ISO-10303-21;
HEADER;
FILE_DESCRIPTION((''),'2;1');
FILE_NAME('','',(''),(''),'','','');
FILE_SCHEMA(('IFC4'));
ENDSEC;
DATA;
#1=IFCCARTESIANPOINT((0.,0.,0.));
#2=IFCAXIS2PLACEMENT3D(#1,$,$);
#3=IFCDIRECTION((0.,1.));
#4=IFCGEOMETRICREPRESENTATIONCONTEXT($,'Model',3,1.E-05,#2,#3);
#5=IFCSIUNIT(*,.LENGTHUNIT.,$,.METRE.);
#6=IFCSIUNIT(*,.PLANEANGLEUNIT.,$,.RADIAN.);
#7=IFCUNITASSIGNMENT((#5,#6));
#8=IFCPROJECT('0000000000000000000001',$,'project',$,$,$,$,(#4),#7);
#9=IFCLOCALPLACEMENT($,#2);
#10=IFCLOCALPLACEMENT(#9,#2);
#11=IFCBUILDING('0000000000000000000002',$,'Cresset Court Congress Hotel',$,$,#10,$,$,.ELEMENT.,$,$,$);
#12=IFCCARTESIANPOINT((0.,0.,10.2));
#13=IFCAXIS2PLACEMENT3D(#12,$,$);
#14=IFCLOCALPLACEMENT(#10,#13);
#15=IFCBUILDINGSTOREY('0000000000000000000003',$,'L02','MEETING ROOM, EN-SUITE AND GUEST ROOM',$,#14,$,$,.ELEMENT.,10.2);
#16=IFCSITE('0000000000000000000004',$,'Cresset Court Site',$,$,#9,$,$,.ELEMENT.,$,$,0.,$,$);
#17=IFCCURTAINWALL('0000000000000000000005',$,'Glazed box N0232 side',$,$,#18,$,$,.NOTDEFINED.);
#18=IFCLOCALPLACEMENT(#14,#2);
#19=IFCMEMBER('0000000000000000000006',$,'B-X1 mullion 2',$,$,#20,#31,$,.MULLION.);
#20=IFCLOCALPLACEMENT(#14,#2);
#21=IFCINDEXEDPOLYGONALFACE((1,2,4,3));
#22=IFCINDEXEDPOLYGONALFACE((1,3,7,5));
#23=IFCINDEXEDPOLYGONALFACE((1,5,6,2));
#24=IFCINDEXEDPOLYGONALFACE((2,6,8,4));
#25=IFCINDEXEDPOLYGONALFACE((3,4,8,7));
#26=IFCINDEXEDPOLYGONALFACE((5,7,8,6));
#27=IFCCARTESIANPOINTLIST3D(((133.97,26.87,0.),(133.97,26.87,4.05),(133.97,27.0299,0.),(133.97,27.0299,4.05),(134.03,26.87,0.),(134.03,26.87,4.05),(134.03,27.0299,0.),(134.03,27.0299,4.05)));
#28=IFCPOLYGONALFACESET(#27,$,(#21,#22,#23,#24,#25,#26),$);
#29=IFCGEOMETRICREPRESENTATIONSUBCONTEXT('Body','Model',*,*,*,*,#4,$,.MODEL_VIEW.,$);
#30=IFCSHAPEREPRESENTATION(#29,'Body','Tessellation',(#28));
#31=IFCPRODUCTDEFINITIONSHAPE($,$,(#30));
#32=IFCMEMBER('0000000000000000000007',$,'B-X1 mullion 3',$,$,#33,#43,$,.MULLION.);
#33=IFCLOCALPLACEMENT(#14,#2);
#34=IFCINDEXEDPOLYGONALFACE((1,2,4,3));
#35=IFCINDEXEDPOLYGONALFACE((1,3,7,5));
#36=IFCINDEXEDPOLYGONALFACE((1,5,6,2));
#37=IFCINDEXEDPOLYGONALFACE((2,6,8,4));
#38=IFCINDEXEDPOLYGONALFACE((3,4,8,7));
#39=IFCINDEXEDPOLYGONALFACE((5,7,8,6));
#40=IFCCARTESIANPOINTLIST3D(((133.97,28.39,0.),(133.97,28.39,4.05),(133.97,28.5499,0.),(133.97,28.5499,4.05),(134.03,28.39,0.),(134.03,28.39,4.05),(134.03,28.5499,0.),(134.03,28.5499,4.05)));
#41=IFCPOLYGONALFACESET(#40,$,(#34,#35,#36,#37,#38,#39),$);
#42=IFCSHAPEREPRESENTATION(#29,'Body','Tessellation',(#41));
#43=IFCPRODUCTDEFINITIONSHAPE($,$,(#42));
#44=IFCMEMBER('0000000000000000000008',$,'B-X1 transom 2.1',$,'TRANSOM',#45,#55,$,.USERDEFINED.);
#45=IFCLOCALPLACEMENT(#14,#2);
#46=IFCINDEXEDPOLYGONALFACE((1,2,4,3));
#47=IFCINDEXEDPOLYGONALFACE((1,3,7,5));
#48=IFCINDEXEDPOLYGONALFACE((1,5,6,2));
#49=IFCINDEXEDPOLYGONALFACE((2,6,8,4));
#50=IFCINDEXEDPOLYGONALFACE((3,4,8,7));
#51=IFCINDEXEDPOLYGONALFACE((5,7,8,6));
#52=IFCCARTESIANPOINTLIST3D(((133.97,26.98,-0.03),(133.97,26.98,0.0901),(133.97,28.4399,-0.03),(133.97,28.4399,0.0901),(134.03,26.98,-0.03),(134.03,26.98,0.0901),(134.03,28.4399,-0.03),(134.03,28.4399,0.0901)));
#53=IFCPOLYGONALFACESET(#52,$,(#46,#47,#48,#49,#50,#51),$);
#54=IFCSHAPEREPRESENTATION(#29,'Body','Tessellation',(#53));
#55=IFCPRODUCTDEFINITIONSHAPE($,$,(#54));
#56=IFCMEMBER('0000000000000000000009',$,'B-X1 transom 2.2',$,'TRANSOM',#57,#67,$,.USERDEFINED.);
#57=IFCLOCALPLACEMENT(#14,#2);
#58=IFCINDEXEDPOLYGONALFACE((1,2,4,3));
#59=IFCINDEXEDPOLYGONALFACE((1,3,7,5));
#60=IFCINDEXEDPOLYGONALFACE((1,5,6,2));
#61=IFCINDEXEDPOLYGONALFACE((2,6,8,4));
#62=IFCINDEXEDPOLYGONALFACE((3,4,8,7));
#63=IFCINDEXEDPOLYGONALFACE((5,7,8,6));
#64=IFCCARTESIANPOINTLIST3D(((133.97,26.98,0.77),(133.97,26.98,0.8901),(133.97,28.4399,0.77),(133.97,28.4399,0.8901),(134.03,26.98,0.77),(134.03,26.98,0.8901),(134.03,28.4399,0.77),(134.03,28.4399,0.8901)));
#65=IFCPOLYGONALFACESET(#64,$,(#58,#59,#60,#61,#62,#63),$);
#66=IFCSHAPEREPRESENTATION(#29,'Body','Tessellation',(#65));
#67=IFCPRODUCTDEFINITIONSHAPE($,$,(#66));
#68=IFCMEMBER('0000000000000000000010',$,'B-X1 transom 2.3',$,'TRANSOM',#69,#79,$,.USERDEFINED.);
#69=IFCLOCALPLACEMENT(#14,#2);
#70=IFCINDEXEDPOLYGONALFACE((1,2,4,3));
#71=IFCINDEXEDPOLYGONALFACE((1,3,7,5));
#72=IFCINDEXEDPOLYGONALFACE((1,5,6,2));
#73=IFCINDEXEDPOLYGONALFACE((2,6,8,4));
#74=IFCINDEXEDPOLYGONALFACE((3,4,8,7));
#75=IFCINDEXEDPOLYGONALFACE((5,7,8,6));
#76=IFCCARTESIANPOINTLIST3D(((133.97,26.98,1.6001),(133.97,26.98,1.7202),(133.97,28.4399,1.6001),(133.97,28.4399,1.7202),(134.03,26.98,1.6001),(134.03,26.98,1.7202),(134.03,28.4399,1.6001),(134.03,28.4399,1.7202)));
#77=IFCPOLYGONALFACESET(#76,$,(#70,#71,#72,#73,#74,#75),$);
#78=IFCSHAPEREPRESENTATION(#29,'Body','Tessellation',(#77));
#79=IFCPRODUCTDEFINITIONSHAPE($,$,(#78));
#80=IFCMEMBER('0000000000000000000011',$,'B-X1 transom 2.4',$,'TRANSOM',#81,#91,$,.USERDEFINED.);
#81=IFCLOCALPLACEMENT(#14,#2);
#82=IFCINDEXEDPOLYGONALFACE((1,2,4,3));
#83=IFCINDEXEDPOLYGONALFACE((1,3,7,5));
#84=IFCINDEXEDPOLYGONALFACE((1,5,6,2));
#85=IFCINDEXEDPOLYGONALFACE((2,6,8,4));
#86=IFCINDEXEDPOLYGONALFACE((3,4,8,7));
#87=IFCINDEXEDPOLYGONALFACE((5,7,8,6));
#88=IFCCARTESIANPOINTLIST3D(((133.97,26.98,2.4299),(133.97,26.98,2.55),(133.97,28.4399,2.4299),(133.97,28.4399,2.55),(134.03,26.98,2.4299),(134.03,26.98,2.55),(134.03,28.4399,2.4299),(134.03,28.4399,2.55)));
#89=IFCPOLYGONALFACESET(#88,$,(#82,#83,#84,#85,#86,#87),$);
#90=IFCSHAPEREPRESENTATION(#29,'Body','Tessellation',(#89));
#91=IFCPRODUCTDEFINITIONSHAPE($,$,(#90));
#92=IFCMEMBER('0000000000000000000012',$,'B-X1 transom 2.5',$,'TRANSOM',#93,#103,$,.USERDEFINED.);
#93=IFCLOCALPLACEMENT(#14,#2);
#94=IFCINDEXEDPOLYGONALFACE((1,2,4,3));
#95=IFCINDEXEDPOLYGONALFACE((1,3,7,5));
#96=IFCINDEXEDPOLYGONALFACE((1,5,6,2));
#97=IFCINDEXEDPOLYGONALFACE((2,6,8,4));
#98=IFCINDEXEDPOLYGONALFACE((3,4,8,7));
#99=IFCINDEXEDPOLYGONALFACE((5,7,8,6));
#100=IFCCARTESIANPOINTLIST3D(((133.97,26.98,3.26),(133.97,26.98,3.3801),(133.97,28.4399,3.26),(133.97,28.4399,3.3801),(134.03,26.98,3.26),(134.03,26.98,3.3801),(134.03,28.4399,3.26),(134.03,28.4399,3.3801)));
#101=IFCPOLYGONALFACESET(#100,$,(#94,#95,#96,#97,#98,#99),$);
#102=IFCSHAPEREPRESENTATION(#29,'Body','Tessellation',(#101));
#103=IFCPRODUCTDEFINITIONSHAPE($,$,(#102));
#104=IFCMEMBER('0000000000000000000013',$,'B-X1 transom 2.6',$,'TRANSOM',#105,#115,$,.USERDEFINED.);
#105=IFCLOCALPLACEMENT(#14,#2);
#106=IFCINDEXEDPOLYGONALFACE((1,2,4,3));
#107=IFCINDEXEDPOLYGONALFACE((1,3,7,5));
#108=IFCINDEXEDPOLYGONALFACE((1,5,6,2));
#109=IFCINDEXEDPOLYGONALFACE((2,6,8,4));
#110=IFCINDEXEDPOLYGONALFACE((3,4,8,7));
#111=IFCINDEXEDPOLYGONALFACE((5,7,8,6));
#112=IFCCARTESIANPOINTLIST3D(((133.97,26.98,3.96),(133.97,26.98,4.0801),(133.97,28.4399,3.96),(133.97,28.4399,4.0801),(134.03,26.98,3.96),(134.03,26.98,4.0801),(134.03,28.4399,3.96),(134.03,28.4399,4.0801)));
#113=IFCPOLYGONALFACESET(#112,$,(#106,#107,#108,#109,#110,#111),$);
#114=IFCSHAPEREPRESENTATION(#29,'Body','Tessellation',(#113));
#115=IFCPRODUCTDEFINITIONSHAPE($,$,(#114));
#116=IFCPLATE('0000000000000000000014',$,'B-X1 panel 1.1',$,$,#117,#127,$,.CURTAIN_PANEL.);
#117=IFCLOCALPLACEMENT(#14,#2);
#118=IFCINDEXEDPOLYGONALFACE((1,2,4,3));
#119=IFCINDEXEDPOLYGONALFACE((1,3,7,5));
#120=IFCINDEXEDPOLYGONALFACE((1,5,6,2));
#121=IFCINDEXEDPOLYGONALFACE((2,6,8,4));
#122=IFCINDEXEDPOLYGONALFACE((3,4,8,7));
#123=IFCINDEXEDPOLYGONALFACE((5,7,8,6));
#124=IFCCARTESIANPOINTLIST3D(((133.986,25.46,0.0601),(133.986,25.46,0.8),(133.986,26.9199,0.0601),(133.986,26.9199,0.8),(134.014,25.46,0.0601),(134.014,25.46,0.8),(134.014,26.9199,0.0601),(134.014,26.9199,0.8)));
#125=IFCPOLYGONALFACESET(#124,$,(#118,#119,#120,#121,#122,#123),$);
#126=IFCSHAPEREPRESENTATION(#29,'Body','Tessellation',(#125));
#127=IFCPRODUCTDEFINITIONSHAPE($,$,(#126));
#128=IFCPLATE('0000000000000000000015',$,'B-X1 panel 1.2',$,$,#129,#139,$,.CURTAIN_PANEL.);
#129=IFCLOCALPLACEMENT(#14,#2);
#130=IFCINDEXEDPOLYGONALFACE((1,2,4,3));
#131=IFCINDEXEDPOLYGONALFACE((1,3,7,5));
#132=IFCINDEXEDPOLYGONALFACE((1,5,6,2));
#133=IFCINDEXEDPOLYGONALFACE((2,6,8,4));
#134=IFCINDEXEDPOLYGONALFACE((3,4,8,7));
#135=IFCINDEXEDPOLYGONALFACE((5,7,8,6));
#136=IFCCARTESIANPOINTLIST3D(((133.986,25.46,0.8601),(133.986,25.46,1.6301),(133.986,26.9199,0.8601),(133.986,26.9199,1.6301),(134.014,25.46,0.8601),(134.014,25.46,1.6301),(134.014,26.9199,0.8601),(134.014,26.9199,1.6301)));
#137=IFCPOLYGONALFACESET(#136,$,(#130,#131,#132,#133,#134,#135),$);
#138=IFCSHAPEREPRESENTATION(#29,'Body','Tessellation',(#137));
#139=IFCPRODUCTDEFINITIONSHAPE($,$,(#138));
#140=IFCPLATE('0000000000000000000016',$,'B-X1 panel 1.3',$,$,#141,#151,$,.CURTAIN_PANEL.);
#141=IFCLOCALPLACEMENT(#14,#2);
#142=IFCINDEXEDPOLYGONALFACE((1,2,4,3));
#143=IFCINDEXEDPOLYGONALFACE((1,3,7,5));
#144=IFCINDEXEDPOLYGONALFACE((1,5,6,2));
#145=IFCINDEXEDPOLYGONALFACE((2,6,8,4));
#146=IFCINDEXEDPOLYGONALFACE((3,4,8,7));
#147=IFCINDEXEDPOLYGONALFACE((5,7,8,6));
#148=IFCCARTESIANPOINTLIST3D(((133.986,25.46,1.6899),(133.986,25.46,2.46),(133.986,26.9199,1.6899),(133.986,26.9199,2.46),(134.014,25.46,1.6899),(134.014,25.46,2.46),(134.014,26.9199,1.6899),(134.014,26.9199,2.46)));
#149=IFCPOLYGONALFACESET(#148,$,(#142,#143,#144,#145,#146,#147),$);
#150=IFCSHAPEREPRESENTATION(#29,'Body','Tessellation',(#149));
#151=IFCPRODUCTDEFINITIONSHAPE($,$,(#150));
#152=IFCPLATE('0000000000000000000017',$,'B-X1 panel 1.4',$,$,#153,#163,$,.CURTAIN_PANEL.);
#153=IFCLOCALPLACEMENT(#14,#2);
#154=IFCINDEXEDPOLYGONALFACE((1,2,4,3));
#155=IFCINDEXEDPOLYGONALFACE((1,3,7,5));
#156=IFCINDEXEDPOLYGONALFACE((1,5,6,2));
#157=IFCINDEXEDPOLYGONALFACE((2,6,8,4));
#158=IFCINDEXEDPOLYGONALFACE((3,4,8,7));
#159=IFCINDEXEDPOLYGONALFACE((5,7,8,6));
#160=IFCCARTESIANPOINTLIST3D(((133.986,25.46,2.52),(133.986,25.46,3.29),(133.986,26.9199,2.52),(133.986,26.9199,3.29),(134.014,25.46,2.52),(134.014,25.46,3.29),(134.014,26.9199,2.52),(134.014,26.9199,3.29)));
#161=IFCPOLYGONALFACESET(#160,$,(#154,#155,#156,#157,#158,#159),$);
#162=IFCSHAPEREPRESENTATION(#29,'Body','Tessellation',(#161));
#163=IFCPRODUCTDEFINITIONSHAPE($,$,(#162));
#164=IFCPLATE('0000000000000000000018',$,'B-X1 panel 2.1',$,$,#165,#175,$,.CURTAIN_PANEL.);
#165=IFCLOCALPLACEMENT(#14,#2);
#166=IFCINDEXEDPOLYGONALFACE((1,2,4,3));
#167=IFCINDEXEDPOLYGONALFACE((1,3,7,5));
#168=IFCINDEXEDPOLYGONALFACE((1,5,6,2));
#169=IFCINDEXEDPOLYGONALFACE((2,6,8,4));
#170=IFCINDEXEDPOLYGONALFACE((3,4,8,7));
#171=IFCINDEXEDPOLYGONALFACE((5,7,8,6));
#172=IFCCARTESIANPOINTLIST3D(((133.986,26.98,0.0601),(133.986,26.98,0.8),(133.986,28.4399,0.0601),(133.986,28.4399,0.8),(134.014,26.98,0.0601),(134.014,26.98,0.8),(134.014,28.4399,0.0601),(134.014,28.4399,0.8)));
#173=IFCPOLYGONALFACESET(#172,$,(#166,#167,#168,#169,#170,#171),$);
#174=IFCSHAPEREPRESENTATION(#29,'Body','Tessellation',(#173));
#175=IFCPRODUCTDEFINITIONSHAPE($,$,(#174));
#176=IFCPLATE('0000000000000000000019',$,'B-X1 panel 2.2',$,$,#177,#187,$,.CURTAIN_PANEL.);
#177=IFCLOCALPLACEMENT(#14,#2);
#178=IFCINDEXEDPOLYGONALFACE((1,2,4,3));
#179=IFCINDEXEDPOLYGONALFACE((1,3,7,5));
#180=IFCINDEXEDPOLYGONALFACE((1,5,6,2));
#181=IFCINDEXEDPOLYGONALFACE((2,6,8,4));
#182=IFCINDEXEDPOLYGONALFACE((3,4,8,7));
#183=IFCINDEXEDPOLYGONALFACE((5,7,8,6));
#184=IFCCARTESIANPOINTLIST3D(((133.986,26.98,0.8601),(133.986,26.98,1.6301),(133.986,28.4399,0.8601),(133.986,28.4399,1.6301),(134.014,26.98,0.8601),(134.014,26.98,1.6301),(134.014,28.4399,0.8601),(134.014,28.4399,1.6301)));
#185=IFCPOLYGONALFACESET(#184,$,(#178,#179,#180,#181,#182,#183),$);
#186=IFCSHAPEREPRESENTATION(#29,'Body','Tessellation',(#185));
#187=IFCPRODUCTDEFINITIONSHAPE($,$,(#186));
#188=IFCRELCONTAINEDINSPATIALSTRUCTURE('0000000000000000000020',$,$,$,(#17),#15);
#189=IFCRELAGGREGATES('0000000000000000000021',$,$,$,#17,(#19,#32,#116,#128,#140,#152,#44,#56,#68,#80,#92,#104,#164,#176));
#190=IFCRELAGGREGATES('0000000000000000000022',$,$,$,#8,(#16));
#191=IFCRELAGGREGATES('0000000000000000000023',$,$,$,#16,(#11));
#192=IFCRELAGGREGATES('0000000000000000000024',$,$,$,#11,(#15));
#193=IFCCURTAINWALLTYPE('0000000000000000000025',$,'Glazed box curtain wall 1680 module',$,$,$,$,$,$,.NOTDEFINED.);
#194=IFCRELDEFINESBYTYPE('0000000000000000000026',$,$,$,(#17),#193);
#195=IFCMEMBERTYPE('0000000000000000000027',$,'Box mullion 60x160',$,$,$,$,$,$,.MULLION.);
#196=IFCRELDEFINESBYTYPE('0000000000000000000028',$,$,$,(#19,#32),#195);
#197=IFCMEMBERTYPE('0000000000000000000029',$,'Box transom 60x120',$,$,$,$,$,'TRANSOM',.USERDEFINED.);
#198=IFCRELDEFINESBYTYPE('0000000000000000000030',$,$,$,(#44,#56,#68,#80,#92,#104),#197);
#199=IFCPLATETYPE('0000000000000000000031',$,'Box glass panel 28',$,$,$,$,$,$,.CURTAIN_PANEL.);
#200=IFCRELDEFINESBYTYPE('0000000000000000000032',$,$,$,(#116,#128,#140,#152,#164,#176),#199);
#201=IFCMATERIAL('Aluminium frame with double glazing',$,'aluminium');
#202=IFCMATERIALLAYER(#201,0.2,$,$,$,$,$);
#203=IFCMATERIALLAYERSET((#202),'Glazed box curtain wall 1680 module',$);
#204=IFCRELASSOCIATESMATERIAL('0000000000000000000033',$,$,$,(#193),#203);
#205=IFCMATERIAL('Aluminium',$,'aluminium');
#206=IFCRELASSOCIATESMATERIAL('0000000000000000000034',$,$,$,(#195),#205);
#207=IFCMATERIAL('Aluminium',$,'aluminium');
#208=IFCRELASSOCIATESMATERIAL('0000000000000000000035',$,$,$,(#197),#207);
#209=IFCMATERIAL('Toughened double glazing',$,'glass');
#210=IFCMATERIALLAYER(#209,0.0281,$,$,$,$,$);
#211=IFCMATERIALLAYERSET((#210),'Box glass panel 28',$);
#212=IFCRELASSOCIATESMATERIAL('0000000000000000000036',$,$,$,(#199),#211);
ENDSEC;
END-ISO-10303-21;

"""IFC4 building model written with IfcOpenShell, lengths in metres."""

from ifc_helpers import new_model, si_unit, direction, frame, origin, origin_2d, place, context, subcontext, project, spatial, rectangle, extrude, material, layer, layer_set, material_profile, profile_set, type_object, element, aggregate, save


model = new_model("IFC4")

# Units and contexts
model_context = context("Model", 3, precision=1e-05, world=origin(), true_north=direction((0.0, 1.0)))
body_context = subcontext(model_context, "Body", "Model", "MODEL_VIEW")
ifc_project = project(units=[si_unit("LENGTHUNIT", "METRE"), si_unit("PLANEANGLEUNIT", "RADIAN")], contexts=[model_context])

# Site, building, storey
site_placement = place(None, origin())
site = spatial("IfcSite", under=ifc_project, at=site_placement, Name="Cresset Court Site", CompositionType="ELEMENT", RefElevation=0.0)
building_placement = place(site_placement, origin())
building = spatial("IfcBuilding", under=site, at=building_placement, Name="Cresset Court Congress Hotel", CompositionType="ELEMENT")
storey_placement = place(building_placement, frame((0.0, 0.0, 10.2)))
storey = spatial("IfcBuildingStorey", under=building, at=storey_placement, Name="L02", Description="MEETING ROOM, EN-SUITE AND GUEST ROOM", CompositionType="ELEMENT", Elevation=10.2)

# Curtain wall, members, plates
ifc_material_1 = material(Name="Aluminium frame with double glazing", Category="aluminium")
ifc_layer_1 = layer(ifc_material_1, 0.2)
ifc_layer_set_1 = layer_set([ifc_layer_1], Name="Glazed box curtain wall 1680 module")
curtain_wall_type = type_object("IfcCurtainWallType", Name="Glazed box curtain wall 1680 module", PredefinedType="NOTDEFINED", material=ifc_layer_set_1)
curtain_wall_placement = place(storey_placement, origin())
curtain_wall = element("IfcCurtainWall", 1, at=curtain_wall_placement, inside=storey, type_object=curtain_wall_type, Name="Glazed box N0232 side", PredefinedType="NOTDEFINED")
ifc_material_2 = material(Name="Aluminium", Category="aluminium")
ifc_material_profile_1 = material_profile(ifc_material_2, rectangle(XDim=0.0601, YDim=0.1599, at=origin_2d()), Name="Box mullion 60x160")
ifc_profile_set_1 = profile_set([ifc_material_profile_1], Name="Aluminium")
member_type_1 = type_object("IfcMemberType", Name="Box mullion 60x160", PredefinedType="MULLION", material=ifc_profile_set_1)
member_1_placement = place(storey_placement, frame((134.0, 26.95, 0.0), z_axis=(0.0, 0.0, 1.0), x_axis=(-1.0, 0.0, 0.0)))
member_1 = element("IfcMember", 2, at=member_1_placement, type_object=member_type_1, Name="B-X1 mullion 2", PredefinedType="MULLION", context=body_context, shape_type="SweptSolid", body=[
    extrude(rectangle(XDim=0.0601, YDim=0.1599, at=origin_2d()), origin(), (0.0, 0.0, 1.0), 4.05),
])
member_2_placement = place(storey_placement, frame((134.0, 28.47, 0.0), z_axis=(0.0, 0.0, 1.0), x_axis=(-1.0, 0.0, 0.0)))
member_2 = element("IfcMember", 3, at=member_2_placement, type_object=member_type_1, Name="B-X1 mullion 3", PredefinedType="MULLION", context=body_context, shape_type="SweptSolid", body=[
    extrude(rectangle(XDim=0.0601, YDim=0.1599, at=origin_2d()), origin(), (0.0, 0.0, 1.0), 4.05),
])
ifc_material_3 = material(Name="Aluminium", Category="aluminium")
ifc_material_profile_2 = material_profile(ifc_material_3, rectangle(XDim=0.0601, YDim=0.1201, at=origin_2d()), Name="Box transom 60x120")
ifc_profile_set_2 = profile_set([ifc_material_profile_2], Name="Aluminium")
member_type_2 = type_object("IfcMemberType", Name="Box transom 60x120", ElementType="TRANSOM", PredefinedType="USERDEFINED", material=ifc_profile_set_2)
member_3_placement = place(storey_placement, frame((134.0, 26.98, 0.03), z_axis=(0.0, 1.0, 0.0), x_axis=(-1.0, 0.0, 0.0)))
member_3 = element("IfcMember", 4, at=member_3_placement, type_object=member_type_2, Name="B-X1 transom 2.1", ObjectType="TRANSOM", PredefinedType="USERDEFINED", context=body_context, shape_type="SweptSolid", body=[
    extrude(rectangle(XDim=0.0601, YDim=0.1201, at=origin_2d()), origin(), (0.0, 0.0, 1.0), 1.46),
])
member_4_placement = place(storey_placement, frame((134.0, 26.98, 0.8301), z_axis=(0.0, 1.0, 0.0), x_axis=(-1.0, 0.0, 0.0)))
member_4 = element("IfcMember", 5, at=member_4_placement, type_object=member_type_2, Name="B-X1 transom 2.2", ObjectType="TRANSOM", PredefinedType="USERDEFINED", context=body_context, shape_type="SweptSolid", body=[
    extrude(rectangle(XDim=0.0601, YDim=0.1201, at=origin_2d()), origin(), (0.0, 0.0, 1.0), 1.46),
])
member_5_placement = place(storey_placement, frame((134.0, 26.98, 1.6602), z_axis=(0.0, 1.0, 0.0), x_axis=(-1.0, 0.0, 0.0)))
member_5 = element("IfcMember", 6, at=member_5_placement, type_object=member_type_2, Name="B-X1 transom 2.3", ObjectType="TRANSOM", PredefinedType="USERDEFINED", context=body_context, shape_type="SweptSolid", body=[
    extrude(rectangle(XDim=0.0601, YDim=0.1201, at=origin_2d()), origin(), (0.0, 0.0, 1.0), 1.46),
])
member_6_placement = place(storey_placement, frame((134.0, 26.98, 2.49), z_axis=(0.0, 1.0, 0.0), x_axis=(-1.0, 0.0, 0.0)))
member_6 = element("IfcMember", 7, at=member_6_placement, type_object=member_type_2, Name="B-X1 transom 2.4", ObjectType="TRANSOM", PredefinedType="USERDEFINED", context=body_context, shape_type="SweptSolid", body=[
    extrude(rectangle(XDim=0.0601, YDim=0.1201, at=origin_2d()), origin(), (0.0, 0.0, 1.0), 1.46),
])
member_7_placement = place(storey_placement, frame((134.0, 26.98, 3.3201), z_axis=(0.0, 1.0, 0.0), x_axis=(-1.0, 0.0, 0.0)))
member_7 = element("IfcMember", 8, at=member_7_placement, type_object=member_type_2, Name="B-X1 transom 2.5", ObjectType="TRANSOM", PredefinedType="USERDEFINED", context=body_context, shape_type="SweptSolid", body=[
    extrude(rectangle(XDim=0.0601, YDim=0.1201, at=origin_2d()), origin(), (0.0, 0.0, 1.0), 1.46),
])
member_8_placement = place(storey_placement, frame((134.0, 26.98, 4.02), z_axis=(0.0, 1.0, 0.0), x_axis=(-1.0, 0.0, 0.0)))
member_8 = element("IfcMember", 9, at=member_8_placement, type_object=member_type_2, Name="B-X1 transom 2.6", ObjectType="TRANSOM", PredefinedType="USERDEFINED", context=body_context, shape_type="SweptSolid", body=[
    extrude(rectangle(XDim=0.0601, YDim=0.1201, at=origin_2d()), origin(), (0.0, 0.0, 1.0), 1.46),
])
ifc_material_4 = material(Name="Toughened double glazing", Category="glass")
ifc_layer_2 = layer(ifc_material_4, 0.0281)
ifc_layer_set_2 = layer_set([ifc_layer_2], Name="Box glass panel 28")
plate_type_1 = type_object("IfcPlateType", Name="Box glass panel 28", PredefinedType="CURTAIN_PANEL", material=ifc_layer_set_2)
plate_1_placement = place(storey_placement, frame((134.0, 26.1899, 0.0601), z_axis=(0.0, 0.0, 1.0), x_axis=(0.0, 1.0, 0.0)))
plate_1 = element("IfcPlate", 10, at=plate_1_placement, type_object=plate_type_1, Name="B-X1 panel 1.1", PredefinedType="CURTAIN_PANEL", context=body_context, shape_type="SweptSolid", body=[
    extrude(rectangle(XDim=1.46, YDim=0.0281, at=origin_2d()), origin(), (0.0, 0.0, 1.0), 0.74),
])
plate_2_placement = place(storey_placement, frame((134.0, 26.1899, 0.8601), z_axis=(0.0, 0.0, 1.0), x_axis=(0.0, 1.0, 0.0)))
plate_2 = element("IfcPlate", 11, at=plate_2_placement, type_object=plate_type_1, Name="B-X1 panel 1.2", PredefinedType="CURTAIN_PANEL", context=body_context, shape_type="SweptSolid", body=[
    extrude(rectangle(XDim=1.46, YDim=0.0281, at=origin_2d()), origin(), (0.0, 0.0, 1.0), 0.77),
])
plate_3_placement = place(storey_placement, frame((134.0, 26.1899, 1.6899), z_axis=(0.0, 0.0, 1.0), x_axis=(0.0, 1.0, 0.0)))
plate_3 = element("IfcPlate", 12, at=plate_3_placement, type_object=plate_type_1, Name="B-X1 panel 1.3", PredefinedType="CURTAIN_PANEL", context=body_context, shape_type="SweptSolid", body=[
    extrude(rectangle(XDim=1.46, YDim=0.0281, at=origin_2d()), origin(), (0.0, 0.0, 1.0), 0.77),
])
plate_4_placement = place(storey_placement, frame((134.0, 26.1899, 2.52), z_axis=(0.0, 0.0, 1.0), x_axis=(0.0, 1.0, 0.0)))
plate_4 = element("IfcPlate", 13, at=plate_4_placement, type_object=plate_type_1, Name="B-X1 panel 1.4", PredefinedType="CURTAIN_PANEL", context=body_context, shape_type="SweptSolid", body=[
    extrude(rectangle(XDim=1.46, YDim=0.0281, at=origin_2d()), origin(), (0.0, 0.0, 1.0), 0.77),
])
plate_5_placement = place(storey_placement, frame((134.0, 27.71, 0.0601), z_axis=(0.0, 0.0, 1.0), x_axis=(0.0, 1.0, 0.0)))
plate_5 = element("IfcPlate", 14, at=plate_5_placement, type_object=plate_type_1, Name="B-X1 panel 2.1", PredefinedType="CURTAIN_PANEL", context=body_context, shape_type="SweptSolid", body=[
    extrude(rectangle(XDim=1.46, YDim=0.0281, at=origin_2d()), origin(), (0.0, 0.0, 1.0), 0.74),
])
plate_6_placement = place(storey_placement, frame((134.0, 27.71, 0.8601), z_axis=(0.0, 0.0, 1.0), x_axis=(0.0, 1.0, 0.0)))
plate_6 = element("IfcPlate", 15, at=plate_6_placement, type_object=plate_type_1, Name="B-X1 panel 2.2", PredefinedType="CURTAIN_PANEL", context=body_context, shape_type="SweptSolid", body=[
    extrude(rectangle(XDim=1.46, YDim=0.0281, at=origin_2d()), origin(), (0.0, 0.0, 1.0), 0.77),
])
aggregate(curtain_wall, [member_1, member_2, plate_1, plate_2, plate_3, plate_4, member_3, member_4, member_5, member_6, member_7, member_8, plate_5, plate_6])

save(model, "model.ifc")
